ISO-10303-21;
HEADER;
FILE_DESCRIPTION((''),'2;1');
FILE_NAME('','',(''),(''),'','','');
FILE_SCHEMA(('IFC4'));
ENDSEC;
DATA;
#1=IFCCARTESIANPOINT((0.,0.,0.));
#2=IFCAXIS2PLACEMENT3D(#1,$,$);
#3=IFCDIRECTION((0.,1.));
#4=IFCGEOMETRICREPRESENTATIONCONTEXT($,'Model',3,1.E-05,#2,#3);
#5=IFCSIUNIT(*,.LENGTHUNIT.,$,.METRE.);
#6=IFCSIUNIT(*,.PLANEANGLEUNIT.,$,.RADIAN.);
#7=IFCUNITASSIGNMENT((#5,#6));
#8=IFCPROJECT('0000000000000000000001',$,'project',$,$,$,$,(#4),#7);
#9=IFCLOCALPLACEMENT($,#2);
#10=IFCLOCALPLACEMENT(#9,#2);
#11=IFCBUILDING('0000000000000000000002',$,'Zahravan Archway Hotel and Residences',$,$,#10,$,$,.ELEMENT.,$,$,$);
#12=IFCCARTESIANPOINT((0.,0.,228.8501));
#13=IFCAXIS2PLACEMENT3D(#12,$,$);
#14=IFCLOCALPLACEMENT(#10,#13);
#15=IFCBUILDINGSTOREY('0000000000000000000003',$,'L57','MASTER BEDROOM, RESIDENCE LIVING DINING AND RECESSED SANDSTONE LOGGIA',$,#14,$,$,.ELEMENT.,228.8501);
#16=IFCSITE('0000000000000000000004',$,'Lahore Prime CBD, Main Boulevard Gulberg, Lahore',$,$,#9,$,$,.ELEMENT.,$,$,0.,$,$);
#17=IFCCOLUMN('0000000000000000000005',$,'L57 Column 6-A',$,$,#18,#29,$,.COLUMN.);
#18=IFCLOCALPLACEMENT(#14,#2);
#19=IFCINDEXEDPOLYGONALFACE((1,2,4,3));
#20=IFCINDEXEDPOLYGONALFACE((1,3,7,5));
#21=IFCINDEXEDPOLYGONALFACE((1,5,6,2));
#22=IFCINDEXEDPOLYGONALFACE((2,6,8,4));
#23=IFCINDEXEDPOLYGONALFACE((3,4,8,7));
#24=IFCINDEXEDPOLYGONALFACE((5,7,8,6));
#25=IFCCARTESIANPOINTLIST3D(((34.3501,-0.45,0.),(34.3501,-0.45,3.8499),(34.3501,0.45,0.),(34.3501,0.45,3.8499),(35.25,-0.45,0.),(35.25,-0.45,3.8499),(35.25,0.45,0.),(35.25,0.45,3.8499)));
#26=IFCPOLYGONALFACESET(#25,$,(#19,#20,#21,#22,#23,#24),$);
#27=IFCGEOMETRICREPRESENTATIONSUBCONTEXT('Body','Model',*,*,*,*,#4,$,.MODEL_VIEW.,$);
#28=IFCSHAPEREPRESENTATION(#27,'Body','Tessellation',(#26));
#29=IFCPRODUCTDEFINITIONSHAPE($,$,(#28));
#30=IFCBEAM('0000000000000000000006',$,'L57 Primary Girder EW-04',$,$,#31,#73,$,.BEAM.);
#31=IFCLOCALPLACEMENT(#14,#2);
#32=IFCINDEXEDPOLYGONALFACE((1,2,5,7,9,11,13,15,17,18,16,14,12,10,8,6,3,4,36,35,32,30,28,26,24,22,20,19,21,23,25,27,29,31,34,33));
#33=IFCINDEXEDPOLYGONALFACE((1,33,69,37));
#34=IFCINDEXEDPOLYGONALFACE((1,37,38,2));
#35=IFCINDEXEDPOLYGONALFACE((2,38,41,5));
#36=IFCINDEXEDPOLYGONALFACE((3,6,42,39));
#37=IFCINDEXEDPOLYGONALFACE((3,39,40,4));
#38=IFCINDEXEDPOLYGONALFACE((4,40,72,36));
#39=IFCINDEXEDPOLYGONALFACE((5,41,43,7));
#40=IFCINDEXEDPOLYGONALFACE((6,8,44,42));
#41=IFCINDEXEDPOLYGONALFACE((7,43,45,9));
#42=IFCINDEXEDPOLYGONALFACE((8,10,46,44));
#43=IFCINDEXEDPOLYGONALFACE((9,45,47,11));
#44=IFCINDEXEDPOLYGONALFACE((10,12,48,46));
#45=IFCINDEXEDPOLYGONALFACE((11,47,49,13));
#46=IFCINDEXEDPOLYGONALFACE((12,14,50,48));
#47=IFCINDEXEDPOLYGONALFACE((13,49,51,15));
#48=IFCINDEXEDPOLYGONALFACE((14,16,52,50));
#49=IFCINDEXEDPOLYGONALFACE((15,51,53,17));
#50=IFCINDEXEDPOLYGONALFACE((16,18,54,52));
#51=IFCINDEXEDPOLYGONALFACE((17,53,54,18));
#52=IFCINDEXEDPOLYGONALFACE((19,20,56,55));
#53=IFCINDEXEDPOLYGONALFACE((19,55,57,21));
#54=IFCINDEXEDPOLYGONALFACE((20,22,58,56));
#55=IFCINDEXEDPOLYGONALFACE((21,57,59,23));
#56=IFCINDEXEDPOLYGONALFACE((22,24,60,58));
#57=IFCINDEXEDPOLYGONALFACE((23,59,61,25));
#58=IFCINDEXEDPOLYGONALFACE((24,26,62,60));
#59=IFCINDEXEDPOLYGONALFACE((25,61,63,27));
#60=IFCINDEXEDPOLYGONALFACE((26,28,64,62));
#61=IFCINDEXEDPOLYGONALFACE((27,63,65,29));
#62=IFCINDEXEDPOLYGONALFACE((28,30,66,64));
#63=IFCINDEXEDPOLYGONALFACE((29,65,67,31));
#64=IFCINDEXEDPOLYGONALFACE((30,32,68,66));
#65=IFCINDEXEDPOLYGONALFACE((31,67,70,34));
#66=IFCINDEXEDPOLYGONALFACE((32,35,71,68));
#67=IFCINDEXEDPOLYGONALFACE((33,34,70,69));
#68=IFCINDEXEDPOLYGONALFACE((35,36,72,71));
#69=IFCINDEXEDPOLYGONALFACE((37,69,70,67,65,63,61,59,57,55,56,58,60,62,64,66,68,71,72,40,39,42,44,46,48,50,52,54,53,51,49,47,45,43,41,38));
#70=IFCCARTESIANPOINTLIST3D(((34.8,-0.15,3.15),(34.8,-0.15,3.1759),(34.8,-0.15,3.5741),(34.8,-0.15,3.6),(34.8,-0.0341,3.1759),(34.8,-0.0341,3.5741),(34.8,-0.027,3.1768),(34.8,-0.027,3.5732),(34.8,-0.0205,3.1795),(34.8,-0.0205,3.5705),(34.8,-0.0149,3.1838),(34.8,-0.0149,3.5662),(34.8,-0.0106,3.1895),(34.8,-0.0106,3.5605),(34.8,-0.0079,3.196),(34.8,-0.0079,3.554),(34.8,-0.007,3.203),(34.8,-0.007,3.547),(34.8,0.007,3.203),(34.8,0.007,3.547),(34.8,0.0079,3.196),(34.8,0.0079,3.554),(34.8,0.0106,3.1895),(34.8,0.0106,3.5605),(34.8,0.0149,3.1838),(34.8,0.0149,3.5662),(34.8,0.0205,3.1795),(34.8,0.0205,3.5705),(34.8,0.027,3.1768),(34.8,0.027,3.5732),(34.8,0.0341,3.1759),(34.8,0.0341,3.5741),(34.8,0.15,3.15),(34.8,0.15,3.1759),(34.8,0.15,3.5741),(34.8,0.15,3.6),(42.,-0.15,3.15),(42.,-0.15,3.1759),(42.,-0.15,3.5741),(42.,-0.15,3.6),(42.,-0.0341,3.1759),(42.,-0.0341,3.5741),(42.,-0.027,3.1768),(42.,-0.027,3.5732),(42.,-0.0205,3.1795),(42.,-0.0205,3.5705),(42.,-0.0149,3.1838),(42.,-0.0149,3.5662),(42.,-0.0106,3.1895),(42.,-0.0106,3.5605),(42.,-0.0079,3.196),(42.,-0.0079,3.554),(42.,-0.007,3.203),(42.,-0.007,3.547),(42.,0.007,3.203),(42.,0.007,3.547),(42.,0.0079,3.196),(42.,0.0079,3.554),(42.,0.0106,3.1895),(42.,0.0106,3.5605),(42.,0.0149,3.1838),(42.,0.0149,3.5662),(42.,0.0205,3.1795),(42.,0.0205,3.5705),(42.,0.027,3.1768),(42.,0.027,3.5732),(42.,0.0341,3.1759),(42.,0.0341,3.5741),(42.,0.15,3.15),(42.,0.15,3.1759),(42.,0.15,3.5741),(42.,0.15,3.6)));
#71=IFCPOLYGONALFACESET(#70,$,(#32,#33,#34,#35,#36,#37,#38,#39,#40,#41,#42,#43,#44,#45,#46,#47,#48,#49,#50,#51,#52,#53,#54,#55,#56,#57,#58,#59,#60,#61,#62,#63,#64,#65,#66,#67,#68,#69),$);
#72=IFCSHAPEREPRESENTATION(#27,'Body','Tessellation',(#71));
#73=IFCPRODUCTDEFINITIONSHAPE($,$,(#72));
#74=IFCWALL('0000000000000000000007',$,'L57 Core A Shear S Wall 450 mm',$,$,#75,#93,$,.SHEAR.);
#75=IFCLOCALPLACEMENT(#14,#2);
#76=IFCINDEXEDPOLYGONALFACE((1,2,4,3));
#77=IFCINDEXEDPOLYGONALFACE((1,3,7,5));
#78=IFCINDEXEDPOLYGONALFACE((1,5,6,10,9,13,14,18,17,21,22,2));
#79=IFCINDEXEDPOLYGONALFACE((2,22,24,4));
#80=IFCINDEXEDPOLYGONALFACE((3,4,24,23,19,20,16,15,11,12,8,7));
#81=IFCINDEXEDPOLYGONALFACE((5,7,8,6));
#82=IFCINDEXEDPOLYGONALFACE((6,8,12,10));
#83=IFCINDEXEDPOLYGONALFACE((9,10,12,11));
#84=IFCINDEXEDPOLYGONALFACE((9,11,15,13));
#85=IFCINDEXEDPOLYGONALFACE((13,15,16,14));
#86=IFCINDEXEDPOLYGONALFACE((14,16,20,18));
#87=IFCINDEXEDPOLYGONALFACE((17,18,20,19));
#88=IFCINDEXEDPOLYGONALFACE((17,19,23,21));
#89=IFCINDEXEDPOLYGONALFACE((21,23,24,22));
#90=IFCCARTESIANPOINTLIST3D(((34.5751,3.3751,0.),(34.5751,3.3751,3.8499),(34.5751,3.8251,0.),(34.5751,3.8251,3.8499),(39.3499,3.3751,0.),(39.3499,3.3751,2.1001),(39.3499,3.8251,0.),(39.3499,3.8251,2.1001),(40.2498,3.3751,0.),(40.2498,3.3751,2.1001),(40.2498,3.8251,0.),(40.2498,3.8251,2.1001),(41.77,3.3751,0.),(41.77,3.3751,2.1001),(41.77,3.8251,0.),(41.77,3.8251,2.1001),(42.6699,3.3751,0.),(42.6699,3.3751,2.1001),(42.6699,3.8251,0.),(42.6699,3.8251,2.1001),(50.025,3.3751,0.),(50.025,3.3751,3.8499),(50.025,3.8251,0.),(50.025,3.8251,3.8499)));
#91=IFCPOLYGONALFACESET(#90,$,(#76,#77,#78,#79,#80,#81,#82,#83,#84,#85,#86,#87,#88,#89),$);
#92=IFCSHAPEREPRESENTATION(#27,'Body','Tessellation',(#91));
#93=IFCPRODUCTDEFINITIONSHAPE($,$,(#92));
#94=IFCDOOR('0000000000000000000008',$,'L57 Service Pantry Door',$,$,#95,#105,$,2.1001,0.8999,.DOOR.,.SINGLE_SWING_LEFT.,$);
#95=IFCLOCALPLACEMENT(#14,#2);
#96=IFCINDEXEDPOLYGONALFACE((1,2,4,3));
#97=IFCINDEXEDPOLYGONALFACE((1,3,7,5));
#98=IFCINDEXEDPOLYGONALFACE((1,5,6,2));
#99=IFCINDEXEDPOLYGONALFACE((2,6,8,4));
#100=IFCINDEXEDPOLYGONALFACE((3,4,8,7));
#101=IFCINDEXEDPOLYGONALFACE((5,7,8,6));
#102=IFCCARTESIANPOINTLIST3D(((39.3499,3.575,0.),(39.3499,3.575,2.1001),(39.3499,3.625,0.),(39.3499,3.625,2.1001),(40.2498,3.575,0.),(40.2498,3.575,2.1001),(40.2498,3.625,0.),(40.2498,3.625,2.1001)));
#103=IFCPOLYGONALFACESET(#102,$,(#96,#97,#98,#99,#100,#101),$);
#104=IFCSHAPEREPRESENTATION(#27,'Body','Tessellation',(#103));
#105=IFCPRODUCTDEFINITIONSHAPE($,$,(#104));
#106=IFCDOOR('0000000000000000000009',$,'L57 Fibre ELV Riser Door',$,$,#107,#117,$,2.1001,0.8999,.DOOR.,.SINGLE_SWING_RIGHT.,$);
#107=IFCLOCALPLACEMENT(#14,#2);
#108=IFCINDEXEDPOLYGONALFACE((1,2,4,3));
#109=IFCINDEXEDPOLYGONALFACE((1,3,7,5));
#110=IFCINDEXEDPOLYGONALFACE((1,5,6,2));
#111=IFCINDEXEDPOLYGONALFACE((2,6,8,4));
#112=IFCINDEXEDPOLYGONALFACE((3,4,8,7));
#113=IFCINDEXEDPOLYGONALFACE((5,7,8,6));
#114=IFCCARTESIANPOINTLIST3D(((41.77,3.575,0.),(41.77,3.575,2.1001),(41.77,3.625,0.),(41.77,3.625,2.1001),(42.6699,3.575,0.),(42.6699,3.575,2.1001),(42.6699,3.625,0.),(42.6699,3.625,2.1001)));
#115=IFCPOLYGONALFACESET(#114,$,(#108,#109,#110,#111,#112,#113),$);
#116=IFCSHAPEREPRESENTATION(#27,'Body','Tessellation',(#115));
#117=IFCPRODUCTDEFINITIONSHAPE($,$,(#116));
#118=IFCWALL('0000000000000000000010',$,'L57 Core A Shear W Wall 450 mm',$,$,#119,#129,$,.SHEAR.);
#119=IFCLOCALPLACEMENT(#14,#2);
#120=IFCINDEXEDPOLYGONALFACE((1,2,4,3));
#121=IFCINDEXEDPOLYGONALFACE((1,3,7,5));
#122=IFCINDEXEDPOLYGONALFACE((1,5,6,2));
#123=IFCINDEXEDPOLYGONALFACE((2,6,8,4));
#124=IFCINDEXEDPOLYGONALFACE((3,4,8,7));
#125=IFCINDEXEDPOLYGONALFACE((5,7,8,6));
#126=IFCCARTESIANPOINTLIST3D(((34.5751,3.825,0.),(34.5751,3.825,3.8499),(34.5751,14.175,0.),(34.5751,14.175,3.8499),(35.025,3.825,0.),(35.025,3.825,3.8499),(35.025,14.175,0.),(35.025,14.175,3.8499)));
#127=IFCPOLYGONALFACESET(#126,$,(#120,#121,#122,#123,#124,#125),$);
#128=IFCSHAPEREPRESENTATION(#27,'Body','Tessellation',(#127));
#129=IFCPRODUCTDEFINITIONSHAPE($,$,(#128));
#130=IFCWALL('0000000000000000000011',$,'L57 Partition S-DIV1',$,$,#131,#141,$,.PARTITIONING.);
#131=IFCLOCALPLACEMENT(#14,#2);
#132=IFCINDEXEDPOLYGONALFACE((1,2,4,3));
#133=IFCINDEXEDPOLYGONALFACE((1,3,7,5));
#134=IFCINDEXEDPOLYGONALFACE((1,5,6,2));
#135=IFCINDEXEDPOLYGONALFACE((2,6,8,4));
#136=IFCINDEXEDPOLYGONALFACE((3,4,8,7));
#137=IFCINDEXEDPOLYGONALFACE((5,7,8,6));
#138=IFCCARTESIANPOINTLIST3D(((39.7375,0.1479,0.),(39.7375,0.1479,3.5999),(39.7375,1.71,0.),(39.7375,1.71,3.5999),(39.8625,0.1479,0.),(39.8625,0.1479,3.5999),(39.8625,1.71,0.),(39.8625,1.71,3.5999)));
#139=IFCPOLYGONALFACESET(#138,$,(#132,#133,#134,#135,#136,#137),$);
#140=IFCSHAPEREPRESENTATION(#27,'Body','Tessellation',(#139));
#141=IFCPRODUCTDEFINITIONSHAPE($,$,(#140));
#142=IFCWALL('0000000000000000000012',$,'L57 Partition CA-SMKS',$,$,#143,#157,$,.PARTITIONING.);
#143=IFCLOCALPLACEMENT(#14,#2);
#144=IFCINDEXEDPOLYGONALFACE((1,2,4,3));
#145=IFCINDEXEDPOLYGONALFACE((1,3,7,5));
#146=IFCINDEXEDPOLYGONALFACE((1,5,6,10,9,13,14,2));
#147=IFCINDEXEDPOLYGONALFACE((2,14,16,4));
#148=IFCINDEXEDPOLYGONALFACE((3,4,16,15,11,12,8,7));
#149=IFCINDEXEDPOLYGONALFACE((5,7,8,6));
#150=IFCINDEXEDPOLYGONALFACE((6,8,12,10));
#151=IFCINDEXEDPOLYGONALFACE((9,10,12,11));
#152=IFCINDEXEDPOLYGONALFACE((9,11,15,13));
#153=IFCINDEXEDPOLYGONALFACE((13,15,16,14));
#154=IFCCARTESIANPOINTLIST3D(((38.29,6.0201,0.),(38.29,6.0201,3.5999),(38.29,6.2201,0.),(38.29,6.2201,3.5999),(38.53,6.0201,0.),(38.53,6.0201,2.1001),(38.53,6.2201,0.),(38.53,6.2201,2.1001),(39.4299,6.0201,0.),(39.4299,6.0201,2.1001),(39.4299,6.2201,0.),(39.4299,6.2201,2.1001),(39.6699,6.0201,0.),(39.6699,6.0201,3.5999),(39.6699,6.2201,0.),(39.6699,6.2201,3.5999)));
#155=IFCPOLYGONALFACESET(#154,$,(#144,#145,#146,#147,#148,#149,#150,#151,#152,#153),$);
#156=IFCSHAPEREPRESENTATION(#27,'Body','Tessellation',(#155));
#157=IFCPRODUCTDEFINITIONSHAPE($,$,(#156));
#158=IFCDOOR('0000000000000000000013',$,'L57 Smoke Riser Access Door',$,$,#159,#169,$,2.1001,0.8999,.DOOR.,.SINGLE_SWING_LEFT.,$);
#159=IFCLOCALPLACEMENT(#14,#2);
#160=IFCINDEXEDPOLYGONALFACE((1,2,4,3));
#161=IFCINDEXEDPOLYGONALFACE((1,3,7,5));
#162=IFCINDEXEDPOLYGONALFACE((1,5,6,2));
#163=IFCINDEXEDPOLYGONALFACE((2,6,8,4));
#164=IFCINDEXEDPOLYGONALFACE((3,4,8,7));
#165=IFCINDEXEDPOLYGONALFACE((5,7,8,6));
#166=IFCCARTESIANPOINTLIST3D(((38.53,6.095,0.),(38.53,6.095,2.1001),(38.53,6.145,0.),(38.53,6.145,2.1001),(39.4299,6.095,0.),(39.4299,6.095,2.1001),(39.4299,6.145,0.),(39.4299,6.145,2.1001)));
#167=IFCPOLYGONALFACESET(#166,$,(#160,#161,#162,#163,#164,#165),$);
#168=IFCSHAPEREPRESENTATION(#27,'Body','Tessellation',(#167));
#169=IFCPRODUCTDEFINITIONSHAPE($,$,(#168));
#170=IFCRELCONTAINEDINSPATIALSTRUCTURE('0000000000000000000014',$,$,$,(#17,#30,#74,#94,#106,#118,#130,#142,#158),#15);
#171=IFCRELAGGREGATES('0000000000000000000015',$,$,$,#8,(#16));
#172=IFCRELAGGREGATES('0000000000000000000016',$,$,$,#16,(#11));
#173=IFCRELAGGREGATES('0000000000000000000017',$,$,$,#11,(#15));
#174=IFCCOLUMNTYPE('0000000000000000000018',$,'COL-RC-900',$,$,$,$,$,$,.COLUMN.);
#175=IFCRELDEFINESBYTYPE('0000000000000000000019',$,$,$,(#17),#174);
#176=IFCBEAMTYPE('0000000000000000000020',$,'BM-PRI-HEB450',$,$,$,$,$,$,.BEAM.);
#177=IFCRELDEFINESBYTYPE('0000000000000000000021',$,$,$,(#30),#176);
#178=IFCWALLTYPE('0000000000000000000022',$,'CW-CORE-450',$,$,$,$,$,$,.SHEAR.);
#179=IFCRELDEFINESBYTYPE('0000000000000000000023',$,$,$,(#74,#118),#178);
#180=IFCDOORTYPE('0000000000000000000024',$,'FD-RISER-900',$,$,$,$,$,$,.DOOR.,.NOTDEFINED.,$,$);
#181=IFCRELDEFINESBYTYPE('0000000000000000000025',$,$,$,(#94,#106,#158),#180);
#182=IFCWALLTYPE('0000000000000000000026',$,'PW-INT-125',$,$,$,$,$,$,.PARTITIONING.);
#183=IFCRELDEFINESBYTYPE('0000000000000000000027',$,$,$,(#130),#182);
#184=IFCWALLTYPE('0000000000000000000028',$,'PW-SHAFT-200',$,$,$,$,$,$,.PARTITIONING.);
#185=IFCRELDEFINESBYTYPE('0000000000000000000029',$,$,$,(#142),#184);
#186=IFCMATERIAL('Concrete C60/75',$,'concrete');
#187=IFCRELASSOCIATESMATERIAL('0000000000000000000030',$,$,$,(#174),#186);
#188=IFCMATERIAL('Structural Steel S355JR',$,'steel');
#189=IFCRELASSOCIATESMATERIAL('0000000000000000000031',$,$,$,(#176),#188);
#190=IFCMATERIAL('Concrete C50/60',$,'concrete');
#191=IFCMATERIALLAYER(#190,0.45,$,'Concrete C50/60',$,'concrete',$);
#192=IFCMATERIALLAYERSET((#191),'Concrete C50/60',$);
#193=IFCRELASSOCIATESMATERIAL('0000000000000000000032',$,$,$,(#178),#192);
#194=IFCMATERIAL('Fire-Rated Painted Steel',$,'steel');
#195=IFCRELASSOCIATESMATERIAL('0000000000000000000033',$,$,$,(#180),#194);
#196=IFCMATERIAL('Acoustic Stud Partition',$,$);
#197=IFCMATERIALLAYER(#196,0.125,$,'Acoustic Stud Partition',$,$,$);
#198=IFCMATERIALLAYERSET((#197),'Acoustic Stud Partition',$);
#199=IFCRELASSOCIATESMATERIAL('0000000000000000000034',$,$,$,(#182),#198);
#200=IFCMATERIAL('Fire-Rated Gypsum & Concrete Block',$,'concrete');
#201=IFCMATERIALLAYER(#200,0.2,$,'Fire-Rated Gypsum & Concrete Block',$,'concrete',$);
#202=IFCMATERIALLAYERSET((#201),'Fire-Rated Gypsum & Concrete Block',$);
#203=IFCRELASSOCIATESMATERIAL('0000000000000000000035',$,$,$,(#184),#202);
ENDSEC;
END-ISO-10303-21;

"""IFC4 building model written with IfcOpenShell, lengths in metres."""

from ifc_helpers import new_model, si_unit, direction, frame, frame_2d, origin, origin_2d, place, context, subcontext, project, spatial, rectangle, i_section, extrude, source, transform, mapped, material, layer, layer_set, material_profile, profile_set, type_object, type_shapes, element, fill, save


model = new_model("IFC4")

# Units and contexts
model_context = context("Model", 3, precision=1e-05, world=origin(), true_north=direction((0.0, 1.0)))
body_context = subcontext(model_context, "Body", "Model", "MODEL_VIEW")
ifc_project = project(units=[si_unit("LENGTHUNIT", "METRE"), si_unit("PLANEANGLEUNIT", "RADIAN")], contexts=[model_context])

# Site, building, storey
site_placement = place(None, origin())
site = spatial("IfcSite", under=ifc_project, at=site_placement, Name="Lahore Prime CBD, Main Boulevard Gulberg, Lahore", CompositionType="ELEMENT", RefElevation=0.0)
building_placement = place(site_placement, origin())
building = spatial("IfcBuilding", under=site, at=building_placement, Name="Zahravan Archway Hotel and Residences", CompositionType="ELEMENT")
storey_placement = place(building_placement, frame((0.0, 0.0, 228.8501)))
storey = spatial("IfcBuildingStorey", under=building, at=storey_placement, Name="L57", Description="MASTER BEDROOM, RESIDENCE LIVING DINING AND RECESSED SANDSTONE LOGGIA", CompositionType="ELEMENT", Elevation=228.8501)

# Column
ifc_material_1 = material(Name="Concrete C60/75", Category="concrete")
ifc_material_profile_1 = material_profile(ifc_material_1, rectangle(XDim=0.8999, YDim=0.8999, at=origin_2d()), Name="RC-COL-900x900", Category="concrete")
ifc_profile_set_1 = profile_set([ifc_material_profile_1], Name="Concrete C60/75")
column_type = type_object("IfcColumnType", Name="COL-RC-900", PredefinedType="COLUMN", material=ifc_profile_set_1)
shared_shape_1 = source(origin(), body_context, "Body", "SweptSolid", [
    extrude(rectangle(XDim=0.8999, YDim=0.8999, at=origin_2d()), origin(), (0.0, 0.0, 1.0), 3.8499),
])
column_placement = place(storey_placement, frame((34.8, 0.0, 0.0), z_axis=(0.0, 0.0, 1.0), x_axis=(1.0, 0.0, 0.0)))
element("IfcColumn", 1, at=column_placement, inside=storey, type_object=column_type, Name="L57 Column 6-A", PredefinedType="COLUMN", context=body_context, shape_type="MappedRepresentation", body=[
    mapped(shared_shape_1, transform((0.0, 0.0, 0.0), scale=1.0)),
])

# Beam
ifc_material_2 = material(Name="Structural Steel S355JR", Category="steel")
ifc_material_profile_2 = material_profile(ifc_material_2, i_section(OverallWidth=0.3, OverallDepth=0.45, WebThickness=0.0139, FlangeThickness=0.0259, FilletRadius=0.0271, at=origin_2d()), Name="HEB 450", Category="steel")
ifc_profile_set_2 = profile_set([ifc_material_profile_2], Name="Structural Steel S355JR")
beam_type = type_object("IfcBeamType", Name="BM-PRI-HEB450", PredefinedType="BEAM", material=ifc_profile_set_2)
shared_shape_2 = source(origin(), body_context, "Body", "SweptSolid", [
    extrude(i_section(OverallWidth=0.3, OverallDepth=0.45, WebThickness=0.0139, FlangeThickness=0.0259, FilletRadius=0.0271, at=origin_2d()), origin(), (0.0, 0.0, 1.0), 7.2),
])
beam_placement = place(storey_placement, frame((34.8, 0.0, 3.375), z_axis=(1.0, 0.0, 0.0), x_axis=(0.0, 1.0, 0.0)))
element("IfcBeam", 2, at=beam_placement, inside=storey, type_object=beam_type, Name="L57 Primary Girder EW-04", PredefinedType="BEAM", context=body_context, shape_type="MappedRepresentation", body=[
    mapped(shared_shape_2, transform((0.0, 0.0, 0.0), scale=1.0)),
])

# Wall, openings, doors
ifc_material_3 = material(Name="Concrete C50/60", Category="concrete")
ifc_layer_1 = layer(ifc_material_3, 0.45, Name="Concrete C50/60", Category="concrete")
ifc_layer_set_1 = layer_set([ifc_layer_1], Name="Concrete C50/60")
wall_type_1 = type_object("IfcWallType", Name="CW-CORE-450", PredefinedType="SHEAR", material=ifc_layer_set_1)
wall_1_placement = place(storey_placement, frame((34.575, 3.6001, 0.0), z_axis=(0.0, 0.0, 1.0), x_axis=(1.0, 0.0, 0.0)))
wall_1 = element("IfcWall", 3, at=wall_1_placement, inside=storey, type_object=wall_type_1, Name="L57 Core A Shear S Wall 450 mm", PredefinedType="SHEAR", context=body_context, shape_type="SweptSolid", body=[
    extrude(rectangle(XDim=15.45, YDim=0.45, at=frame_2d((7.7251, 0.0))), origin(), (0.0, 0.0, 1.0), 3.8499),
])
opening_1_placement = place(wall_1_placement, frame((4.7749, 0.0, 0.0)))
opening_1 = element("IfcOpeningElement", 4, at=opening_1_placement, cuts=wall_1, PredefinedType="OPENING", context=body_context, shape_type="SweptSolid", body=[
    extrude(rectangle(XDim=0.8999, YDim=2.1001, at=frame_2d((0.45, 1.05))), frame((0.0, 0.2349, 0.0), z_axis=(0.0, -1.0, 0.0), x_axis=(1.0, 0.0, 0.0)), (0.0, 0.0, 1.0), 0.47),
])
opening_2_placement = place(wall_1_placement, frame((7.1951, 0.0, 0.0)))
opening_2 = element("IfcOpeningElement", 5, at=opening_2_placement, cuts=wall_1, PredefinedType="OPENING", context=body_context, shape_type="SweptSolid", body=[
    extrude(rectangle(XDim=0.8999, YDim=2.1001, at=frame_2d((0.45, 1.05))), frame((0.0, 0.2349, 0.0), z_axis=(0.0, -1.0, 0.0), x_axis=(1.0, 0.0, 0.0)), (0.0, 0.0, 1.0), 0.47),
])
ifc_material_4 = material(Name="Fire-Rated Painted Steel", Category="steel")
door_type_1 = type_object("IfcDoorType", Name="FD-RISER-900", OperationType="NOTDEFINED", PredefinedType="DOOR", material=ifc_material_4)
shared_shape_3 = source(origin(), body_context, "Body", "SweptSolid", [
    extrude(rectangle(XDim=0.8999, YDim=2.1001, at=frame_2d((0.45, 1.05))), frame((0.0, 0.0249, 0.0), z_axis=(0.0, -1.0, 0.0), x_axis=(1.0, 0.0, 0.0)), (0.0, 0.0, 1.0), 0.05),
])
type_shapes(door_type_1, [shared_shape_3])
door_1_placement = place(opening_1_placement, origin())
door_1 = element("IfcDoor", 6, at=door_1_placement, inside=storey, type_object=door_type_1, Name="L57 Service Pantry Door", OperationType="SINGLE_SWING_LEFT", OverallHeight=2.1001, OverallWidth=0.8999, PredefinedType="DOOR", context=body_context, shape_type="MappedRepresentation", body=[
    mapped(shared_shape_3, transform((0.0, 0.0, 0.0), scale=1.0)),
])
fill(opening_1, door_1)
door_2_placement = place(opening_2_placement, origin())
door_2 = element("IfcDoor", 7, at=door_2_placement, inside=storey, type_object=door_type_1, Name="L57 Fibre ELV Riser Door", OperationType="SINGLE_SWING_RIGHT", OverallHeight=2.1001, OverallWidth=0.8999, PredefinedType="DOOR", context=body_context, shape_type="MappedRepresentation", body=[
    mapped(shared_shape_3, transform((0.0, 0.0, 0.0), scale=1.0)),
])
fill(opening_2, door_2)

# Walls
wall_2_placement = place(storey_placement, frame((34.8, 3.825, 0.0), z_axis=(0.0, 0.0, 1.0), x_axis=(0.0, 1.0, 0.0)))
element("IfcWall", 8, at=wall_2_placement, inside=storey, type_object=wall_type_1, Name="L57 Core A Shear W Wall 450 mm", PredefinedType="SHEAR", context=body_context, shape_type="SweptSolid", body=[
    extrude(rectangle(XDim=10.3501, YDim=0.45, at=frame_2d((5.175, 0.0))), origin(), (0.0, 0.0, 1.0), 3.8499),
])
ifc_material_5 = material(Name="Acoustic Stud Partition")
ifc_layer_2 = layer(ifc_material_5, 0.125, Name="Acoustic Stud Partition")
ifc_layer_set_2 = layer_set([ifc_layer_2], Name="Acoustic Stud Partition")
wall_type_2 = type_object("IfcWallType", Name="PW-INT-125", PredefinedType="PARTITIONING", material=ifc_layer_set_2)
wall_3_placement = place(storey_placement, frame((39.8, 0.1479, 0.0), z_axis=(0.0, 0.0, 1.0), x_axis=(0.0, 1.0, 0.0)))
element("IfcWall", 9, at=wall_3_placement, inside=storey, type_object=wall_type_2, Name="L57 Partition S-DIV1", PredefinedType="PARTITIONING", context=body_context, shape_type="SweptSolid", body=[
    extrude(rectangle(XDim=1.562, YDim=0.125, at=frame_2d((0.781, 0.0))), origin(), (0.0, 0.0, 1.0), 3.5999),
])

# Wall, opening, door
ifc_material_6 = material(Name="Fire-Rated Gypsum & Concrete Block", Category="concrete")
ifc_layer_3 = layer(ifc_material_6, 0.2, Name="Fire-Rated Gypsum & Concrete Block", Category="concrete")
ifc_layer_set_3 = layer_set([ifc_layer_3], Name="Fire-Rated Gypsum & Concrete Block")
wall_type_3 = type_object("IfcWallType", Name="PW-SHAFT-200", PredefinedType="PARTITIONING", material=ifc_layer_set_3)
wall_4_placement = place(storey_placement, frame((38.29, 6.1201, 0.0), z_axis=(0.0, 0.0, 1.0), x_axis=(1.0, 0.0, 0.0)))
wall_4 = element("IfcWall", 10, at=wall_4_placement, inside=storey, type_object=wall_type_3, Name="L57 Partition CA-SMKS", PredefinedType="PARTITIONING", context=body_context, shape_type="SweptSolid", body=[
    extrude(rectangle(XDim=1.3799, YDim=0.2, at=frame_2d((0.6899, 0.0))), origin(), (0.0, 0.0, 1.0), 3.5999),
])
opening_3_placement = place(wall_4_placement, frame((0.24, 0.0, 0.0)))
opening_3 = element("IfcOpeningElement", 11, at=opening_3_placement, cuts=wall_4, PredefinedType="OPENING", context=body_context, shape_type="SweptSolid", body=[
    extrude(rectangle(XDim=0.8999, YDim=2.1001, at=frame_2d((0.45, 1.05))), frame((0.0, 0.1099, 0.0), z_axis=(0.0, -1.0, 0.0), x_axis=(1.0, 0.0, 0.0)), (0.0, 0.0, 1.0), 0.22),
])
door_3_placement = place(opening_3_placement, origin())
door_3 = element("IfcDoor", 12, at=door_3_placement, inside=storey, type_object=door_type_1, Name="L57 Smoke Riser Access Door", OperationType="SINGLE_SWING_LEFT", OverallHeight=2.1001, OverallWidth=0.8999, PredefinedType="DOOR", context=body_context, shape_type="MappedRepresentation", body=[
    mapped(shared_shape_3, transform((0.0, 0.0, 0.0), scale=1.0)),
])
fill(opening_3, door_3)

save(model, "model.ifc")
